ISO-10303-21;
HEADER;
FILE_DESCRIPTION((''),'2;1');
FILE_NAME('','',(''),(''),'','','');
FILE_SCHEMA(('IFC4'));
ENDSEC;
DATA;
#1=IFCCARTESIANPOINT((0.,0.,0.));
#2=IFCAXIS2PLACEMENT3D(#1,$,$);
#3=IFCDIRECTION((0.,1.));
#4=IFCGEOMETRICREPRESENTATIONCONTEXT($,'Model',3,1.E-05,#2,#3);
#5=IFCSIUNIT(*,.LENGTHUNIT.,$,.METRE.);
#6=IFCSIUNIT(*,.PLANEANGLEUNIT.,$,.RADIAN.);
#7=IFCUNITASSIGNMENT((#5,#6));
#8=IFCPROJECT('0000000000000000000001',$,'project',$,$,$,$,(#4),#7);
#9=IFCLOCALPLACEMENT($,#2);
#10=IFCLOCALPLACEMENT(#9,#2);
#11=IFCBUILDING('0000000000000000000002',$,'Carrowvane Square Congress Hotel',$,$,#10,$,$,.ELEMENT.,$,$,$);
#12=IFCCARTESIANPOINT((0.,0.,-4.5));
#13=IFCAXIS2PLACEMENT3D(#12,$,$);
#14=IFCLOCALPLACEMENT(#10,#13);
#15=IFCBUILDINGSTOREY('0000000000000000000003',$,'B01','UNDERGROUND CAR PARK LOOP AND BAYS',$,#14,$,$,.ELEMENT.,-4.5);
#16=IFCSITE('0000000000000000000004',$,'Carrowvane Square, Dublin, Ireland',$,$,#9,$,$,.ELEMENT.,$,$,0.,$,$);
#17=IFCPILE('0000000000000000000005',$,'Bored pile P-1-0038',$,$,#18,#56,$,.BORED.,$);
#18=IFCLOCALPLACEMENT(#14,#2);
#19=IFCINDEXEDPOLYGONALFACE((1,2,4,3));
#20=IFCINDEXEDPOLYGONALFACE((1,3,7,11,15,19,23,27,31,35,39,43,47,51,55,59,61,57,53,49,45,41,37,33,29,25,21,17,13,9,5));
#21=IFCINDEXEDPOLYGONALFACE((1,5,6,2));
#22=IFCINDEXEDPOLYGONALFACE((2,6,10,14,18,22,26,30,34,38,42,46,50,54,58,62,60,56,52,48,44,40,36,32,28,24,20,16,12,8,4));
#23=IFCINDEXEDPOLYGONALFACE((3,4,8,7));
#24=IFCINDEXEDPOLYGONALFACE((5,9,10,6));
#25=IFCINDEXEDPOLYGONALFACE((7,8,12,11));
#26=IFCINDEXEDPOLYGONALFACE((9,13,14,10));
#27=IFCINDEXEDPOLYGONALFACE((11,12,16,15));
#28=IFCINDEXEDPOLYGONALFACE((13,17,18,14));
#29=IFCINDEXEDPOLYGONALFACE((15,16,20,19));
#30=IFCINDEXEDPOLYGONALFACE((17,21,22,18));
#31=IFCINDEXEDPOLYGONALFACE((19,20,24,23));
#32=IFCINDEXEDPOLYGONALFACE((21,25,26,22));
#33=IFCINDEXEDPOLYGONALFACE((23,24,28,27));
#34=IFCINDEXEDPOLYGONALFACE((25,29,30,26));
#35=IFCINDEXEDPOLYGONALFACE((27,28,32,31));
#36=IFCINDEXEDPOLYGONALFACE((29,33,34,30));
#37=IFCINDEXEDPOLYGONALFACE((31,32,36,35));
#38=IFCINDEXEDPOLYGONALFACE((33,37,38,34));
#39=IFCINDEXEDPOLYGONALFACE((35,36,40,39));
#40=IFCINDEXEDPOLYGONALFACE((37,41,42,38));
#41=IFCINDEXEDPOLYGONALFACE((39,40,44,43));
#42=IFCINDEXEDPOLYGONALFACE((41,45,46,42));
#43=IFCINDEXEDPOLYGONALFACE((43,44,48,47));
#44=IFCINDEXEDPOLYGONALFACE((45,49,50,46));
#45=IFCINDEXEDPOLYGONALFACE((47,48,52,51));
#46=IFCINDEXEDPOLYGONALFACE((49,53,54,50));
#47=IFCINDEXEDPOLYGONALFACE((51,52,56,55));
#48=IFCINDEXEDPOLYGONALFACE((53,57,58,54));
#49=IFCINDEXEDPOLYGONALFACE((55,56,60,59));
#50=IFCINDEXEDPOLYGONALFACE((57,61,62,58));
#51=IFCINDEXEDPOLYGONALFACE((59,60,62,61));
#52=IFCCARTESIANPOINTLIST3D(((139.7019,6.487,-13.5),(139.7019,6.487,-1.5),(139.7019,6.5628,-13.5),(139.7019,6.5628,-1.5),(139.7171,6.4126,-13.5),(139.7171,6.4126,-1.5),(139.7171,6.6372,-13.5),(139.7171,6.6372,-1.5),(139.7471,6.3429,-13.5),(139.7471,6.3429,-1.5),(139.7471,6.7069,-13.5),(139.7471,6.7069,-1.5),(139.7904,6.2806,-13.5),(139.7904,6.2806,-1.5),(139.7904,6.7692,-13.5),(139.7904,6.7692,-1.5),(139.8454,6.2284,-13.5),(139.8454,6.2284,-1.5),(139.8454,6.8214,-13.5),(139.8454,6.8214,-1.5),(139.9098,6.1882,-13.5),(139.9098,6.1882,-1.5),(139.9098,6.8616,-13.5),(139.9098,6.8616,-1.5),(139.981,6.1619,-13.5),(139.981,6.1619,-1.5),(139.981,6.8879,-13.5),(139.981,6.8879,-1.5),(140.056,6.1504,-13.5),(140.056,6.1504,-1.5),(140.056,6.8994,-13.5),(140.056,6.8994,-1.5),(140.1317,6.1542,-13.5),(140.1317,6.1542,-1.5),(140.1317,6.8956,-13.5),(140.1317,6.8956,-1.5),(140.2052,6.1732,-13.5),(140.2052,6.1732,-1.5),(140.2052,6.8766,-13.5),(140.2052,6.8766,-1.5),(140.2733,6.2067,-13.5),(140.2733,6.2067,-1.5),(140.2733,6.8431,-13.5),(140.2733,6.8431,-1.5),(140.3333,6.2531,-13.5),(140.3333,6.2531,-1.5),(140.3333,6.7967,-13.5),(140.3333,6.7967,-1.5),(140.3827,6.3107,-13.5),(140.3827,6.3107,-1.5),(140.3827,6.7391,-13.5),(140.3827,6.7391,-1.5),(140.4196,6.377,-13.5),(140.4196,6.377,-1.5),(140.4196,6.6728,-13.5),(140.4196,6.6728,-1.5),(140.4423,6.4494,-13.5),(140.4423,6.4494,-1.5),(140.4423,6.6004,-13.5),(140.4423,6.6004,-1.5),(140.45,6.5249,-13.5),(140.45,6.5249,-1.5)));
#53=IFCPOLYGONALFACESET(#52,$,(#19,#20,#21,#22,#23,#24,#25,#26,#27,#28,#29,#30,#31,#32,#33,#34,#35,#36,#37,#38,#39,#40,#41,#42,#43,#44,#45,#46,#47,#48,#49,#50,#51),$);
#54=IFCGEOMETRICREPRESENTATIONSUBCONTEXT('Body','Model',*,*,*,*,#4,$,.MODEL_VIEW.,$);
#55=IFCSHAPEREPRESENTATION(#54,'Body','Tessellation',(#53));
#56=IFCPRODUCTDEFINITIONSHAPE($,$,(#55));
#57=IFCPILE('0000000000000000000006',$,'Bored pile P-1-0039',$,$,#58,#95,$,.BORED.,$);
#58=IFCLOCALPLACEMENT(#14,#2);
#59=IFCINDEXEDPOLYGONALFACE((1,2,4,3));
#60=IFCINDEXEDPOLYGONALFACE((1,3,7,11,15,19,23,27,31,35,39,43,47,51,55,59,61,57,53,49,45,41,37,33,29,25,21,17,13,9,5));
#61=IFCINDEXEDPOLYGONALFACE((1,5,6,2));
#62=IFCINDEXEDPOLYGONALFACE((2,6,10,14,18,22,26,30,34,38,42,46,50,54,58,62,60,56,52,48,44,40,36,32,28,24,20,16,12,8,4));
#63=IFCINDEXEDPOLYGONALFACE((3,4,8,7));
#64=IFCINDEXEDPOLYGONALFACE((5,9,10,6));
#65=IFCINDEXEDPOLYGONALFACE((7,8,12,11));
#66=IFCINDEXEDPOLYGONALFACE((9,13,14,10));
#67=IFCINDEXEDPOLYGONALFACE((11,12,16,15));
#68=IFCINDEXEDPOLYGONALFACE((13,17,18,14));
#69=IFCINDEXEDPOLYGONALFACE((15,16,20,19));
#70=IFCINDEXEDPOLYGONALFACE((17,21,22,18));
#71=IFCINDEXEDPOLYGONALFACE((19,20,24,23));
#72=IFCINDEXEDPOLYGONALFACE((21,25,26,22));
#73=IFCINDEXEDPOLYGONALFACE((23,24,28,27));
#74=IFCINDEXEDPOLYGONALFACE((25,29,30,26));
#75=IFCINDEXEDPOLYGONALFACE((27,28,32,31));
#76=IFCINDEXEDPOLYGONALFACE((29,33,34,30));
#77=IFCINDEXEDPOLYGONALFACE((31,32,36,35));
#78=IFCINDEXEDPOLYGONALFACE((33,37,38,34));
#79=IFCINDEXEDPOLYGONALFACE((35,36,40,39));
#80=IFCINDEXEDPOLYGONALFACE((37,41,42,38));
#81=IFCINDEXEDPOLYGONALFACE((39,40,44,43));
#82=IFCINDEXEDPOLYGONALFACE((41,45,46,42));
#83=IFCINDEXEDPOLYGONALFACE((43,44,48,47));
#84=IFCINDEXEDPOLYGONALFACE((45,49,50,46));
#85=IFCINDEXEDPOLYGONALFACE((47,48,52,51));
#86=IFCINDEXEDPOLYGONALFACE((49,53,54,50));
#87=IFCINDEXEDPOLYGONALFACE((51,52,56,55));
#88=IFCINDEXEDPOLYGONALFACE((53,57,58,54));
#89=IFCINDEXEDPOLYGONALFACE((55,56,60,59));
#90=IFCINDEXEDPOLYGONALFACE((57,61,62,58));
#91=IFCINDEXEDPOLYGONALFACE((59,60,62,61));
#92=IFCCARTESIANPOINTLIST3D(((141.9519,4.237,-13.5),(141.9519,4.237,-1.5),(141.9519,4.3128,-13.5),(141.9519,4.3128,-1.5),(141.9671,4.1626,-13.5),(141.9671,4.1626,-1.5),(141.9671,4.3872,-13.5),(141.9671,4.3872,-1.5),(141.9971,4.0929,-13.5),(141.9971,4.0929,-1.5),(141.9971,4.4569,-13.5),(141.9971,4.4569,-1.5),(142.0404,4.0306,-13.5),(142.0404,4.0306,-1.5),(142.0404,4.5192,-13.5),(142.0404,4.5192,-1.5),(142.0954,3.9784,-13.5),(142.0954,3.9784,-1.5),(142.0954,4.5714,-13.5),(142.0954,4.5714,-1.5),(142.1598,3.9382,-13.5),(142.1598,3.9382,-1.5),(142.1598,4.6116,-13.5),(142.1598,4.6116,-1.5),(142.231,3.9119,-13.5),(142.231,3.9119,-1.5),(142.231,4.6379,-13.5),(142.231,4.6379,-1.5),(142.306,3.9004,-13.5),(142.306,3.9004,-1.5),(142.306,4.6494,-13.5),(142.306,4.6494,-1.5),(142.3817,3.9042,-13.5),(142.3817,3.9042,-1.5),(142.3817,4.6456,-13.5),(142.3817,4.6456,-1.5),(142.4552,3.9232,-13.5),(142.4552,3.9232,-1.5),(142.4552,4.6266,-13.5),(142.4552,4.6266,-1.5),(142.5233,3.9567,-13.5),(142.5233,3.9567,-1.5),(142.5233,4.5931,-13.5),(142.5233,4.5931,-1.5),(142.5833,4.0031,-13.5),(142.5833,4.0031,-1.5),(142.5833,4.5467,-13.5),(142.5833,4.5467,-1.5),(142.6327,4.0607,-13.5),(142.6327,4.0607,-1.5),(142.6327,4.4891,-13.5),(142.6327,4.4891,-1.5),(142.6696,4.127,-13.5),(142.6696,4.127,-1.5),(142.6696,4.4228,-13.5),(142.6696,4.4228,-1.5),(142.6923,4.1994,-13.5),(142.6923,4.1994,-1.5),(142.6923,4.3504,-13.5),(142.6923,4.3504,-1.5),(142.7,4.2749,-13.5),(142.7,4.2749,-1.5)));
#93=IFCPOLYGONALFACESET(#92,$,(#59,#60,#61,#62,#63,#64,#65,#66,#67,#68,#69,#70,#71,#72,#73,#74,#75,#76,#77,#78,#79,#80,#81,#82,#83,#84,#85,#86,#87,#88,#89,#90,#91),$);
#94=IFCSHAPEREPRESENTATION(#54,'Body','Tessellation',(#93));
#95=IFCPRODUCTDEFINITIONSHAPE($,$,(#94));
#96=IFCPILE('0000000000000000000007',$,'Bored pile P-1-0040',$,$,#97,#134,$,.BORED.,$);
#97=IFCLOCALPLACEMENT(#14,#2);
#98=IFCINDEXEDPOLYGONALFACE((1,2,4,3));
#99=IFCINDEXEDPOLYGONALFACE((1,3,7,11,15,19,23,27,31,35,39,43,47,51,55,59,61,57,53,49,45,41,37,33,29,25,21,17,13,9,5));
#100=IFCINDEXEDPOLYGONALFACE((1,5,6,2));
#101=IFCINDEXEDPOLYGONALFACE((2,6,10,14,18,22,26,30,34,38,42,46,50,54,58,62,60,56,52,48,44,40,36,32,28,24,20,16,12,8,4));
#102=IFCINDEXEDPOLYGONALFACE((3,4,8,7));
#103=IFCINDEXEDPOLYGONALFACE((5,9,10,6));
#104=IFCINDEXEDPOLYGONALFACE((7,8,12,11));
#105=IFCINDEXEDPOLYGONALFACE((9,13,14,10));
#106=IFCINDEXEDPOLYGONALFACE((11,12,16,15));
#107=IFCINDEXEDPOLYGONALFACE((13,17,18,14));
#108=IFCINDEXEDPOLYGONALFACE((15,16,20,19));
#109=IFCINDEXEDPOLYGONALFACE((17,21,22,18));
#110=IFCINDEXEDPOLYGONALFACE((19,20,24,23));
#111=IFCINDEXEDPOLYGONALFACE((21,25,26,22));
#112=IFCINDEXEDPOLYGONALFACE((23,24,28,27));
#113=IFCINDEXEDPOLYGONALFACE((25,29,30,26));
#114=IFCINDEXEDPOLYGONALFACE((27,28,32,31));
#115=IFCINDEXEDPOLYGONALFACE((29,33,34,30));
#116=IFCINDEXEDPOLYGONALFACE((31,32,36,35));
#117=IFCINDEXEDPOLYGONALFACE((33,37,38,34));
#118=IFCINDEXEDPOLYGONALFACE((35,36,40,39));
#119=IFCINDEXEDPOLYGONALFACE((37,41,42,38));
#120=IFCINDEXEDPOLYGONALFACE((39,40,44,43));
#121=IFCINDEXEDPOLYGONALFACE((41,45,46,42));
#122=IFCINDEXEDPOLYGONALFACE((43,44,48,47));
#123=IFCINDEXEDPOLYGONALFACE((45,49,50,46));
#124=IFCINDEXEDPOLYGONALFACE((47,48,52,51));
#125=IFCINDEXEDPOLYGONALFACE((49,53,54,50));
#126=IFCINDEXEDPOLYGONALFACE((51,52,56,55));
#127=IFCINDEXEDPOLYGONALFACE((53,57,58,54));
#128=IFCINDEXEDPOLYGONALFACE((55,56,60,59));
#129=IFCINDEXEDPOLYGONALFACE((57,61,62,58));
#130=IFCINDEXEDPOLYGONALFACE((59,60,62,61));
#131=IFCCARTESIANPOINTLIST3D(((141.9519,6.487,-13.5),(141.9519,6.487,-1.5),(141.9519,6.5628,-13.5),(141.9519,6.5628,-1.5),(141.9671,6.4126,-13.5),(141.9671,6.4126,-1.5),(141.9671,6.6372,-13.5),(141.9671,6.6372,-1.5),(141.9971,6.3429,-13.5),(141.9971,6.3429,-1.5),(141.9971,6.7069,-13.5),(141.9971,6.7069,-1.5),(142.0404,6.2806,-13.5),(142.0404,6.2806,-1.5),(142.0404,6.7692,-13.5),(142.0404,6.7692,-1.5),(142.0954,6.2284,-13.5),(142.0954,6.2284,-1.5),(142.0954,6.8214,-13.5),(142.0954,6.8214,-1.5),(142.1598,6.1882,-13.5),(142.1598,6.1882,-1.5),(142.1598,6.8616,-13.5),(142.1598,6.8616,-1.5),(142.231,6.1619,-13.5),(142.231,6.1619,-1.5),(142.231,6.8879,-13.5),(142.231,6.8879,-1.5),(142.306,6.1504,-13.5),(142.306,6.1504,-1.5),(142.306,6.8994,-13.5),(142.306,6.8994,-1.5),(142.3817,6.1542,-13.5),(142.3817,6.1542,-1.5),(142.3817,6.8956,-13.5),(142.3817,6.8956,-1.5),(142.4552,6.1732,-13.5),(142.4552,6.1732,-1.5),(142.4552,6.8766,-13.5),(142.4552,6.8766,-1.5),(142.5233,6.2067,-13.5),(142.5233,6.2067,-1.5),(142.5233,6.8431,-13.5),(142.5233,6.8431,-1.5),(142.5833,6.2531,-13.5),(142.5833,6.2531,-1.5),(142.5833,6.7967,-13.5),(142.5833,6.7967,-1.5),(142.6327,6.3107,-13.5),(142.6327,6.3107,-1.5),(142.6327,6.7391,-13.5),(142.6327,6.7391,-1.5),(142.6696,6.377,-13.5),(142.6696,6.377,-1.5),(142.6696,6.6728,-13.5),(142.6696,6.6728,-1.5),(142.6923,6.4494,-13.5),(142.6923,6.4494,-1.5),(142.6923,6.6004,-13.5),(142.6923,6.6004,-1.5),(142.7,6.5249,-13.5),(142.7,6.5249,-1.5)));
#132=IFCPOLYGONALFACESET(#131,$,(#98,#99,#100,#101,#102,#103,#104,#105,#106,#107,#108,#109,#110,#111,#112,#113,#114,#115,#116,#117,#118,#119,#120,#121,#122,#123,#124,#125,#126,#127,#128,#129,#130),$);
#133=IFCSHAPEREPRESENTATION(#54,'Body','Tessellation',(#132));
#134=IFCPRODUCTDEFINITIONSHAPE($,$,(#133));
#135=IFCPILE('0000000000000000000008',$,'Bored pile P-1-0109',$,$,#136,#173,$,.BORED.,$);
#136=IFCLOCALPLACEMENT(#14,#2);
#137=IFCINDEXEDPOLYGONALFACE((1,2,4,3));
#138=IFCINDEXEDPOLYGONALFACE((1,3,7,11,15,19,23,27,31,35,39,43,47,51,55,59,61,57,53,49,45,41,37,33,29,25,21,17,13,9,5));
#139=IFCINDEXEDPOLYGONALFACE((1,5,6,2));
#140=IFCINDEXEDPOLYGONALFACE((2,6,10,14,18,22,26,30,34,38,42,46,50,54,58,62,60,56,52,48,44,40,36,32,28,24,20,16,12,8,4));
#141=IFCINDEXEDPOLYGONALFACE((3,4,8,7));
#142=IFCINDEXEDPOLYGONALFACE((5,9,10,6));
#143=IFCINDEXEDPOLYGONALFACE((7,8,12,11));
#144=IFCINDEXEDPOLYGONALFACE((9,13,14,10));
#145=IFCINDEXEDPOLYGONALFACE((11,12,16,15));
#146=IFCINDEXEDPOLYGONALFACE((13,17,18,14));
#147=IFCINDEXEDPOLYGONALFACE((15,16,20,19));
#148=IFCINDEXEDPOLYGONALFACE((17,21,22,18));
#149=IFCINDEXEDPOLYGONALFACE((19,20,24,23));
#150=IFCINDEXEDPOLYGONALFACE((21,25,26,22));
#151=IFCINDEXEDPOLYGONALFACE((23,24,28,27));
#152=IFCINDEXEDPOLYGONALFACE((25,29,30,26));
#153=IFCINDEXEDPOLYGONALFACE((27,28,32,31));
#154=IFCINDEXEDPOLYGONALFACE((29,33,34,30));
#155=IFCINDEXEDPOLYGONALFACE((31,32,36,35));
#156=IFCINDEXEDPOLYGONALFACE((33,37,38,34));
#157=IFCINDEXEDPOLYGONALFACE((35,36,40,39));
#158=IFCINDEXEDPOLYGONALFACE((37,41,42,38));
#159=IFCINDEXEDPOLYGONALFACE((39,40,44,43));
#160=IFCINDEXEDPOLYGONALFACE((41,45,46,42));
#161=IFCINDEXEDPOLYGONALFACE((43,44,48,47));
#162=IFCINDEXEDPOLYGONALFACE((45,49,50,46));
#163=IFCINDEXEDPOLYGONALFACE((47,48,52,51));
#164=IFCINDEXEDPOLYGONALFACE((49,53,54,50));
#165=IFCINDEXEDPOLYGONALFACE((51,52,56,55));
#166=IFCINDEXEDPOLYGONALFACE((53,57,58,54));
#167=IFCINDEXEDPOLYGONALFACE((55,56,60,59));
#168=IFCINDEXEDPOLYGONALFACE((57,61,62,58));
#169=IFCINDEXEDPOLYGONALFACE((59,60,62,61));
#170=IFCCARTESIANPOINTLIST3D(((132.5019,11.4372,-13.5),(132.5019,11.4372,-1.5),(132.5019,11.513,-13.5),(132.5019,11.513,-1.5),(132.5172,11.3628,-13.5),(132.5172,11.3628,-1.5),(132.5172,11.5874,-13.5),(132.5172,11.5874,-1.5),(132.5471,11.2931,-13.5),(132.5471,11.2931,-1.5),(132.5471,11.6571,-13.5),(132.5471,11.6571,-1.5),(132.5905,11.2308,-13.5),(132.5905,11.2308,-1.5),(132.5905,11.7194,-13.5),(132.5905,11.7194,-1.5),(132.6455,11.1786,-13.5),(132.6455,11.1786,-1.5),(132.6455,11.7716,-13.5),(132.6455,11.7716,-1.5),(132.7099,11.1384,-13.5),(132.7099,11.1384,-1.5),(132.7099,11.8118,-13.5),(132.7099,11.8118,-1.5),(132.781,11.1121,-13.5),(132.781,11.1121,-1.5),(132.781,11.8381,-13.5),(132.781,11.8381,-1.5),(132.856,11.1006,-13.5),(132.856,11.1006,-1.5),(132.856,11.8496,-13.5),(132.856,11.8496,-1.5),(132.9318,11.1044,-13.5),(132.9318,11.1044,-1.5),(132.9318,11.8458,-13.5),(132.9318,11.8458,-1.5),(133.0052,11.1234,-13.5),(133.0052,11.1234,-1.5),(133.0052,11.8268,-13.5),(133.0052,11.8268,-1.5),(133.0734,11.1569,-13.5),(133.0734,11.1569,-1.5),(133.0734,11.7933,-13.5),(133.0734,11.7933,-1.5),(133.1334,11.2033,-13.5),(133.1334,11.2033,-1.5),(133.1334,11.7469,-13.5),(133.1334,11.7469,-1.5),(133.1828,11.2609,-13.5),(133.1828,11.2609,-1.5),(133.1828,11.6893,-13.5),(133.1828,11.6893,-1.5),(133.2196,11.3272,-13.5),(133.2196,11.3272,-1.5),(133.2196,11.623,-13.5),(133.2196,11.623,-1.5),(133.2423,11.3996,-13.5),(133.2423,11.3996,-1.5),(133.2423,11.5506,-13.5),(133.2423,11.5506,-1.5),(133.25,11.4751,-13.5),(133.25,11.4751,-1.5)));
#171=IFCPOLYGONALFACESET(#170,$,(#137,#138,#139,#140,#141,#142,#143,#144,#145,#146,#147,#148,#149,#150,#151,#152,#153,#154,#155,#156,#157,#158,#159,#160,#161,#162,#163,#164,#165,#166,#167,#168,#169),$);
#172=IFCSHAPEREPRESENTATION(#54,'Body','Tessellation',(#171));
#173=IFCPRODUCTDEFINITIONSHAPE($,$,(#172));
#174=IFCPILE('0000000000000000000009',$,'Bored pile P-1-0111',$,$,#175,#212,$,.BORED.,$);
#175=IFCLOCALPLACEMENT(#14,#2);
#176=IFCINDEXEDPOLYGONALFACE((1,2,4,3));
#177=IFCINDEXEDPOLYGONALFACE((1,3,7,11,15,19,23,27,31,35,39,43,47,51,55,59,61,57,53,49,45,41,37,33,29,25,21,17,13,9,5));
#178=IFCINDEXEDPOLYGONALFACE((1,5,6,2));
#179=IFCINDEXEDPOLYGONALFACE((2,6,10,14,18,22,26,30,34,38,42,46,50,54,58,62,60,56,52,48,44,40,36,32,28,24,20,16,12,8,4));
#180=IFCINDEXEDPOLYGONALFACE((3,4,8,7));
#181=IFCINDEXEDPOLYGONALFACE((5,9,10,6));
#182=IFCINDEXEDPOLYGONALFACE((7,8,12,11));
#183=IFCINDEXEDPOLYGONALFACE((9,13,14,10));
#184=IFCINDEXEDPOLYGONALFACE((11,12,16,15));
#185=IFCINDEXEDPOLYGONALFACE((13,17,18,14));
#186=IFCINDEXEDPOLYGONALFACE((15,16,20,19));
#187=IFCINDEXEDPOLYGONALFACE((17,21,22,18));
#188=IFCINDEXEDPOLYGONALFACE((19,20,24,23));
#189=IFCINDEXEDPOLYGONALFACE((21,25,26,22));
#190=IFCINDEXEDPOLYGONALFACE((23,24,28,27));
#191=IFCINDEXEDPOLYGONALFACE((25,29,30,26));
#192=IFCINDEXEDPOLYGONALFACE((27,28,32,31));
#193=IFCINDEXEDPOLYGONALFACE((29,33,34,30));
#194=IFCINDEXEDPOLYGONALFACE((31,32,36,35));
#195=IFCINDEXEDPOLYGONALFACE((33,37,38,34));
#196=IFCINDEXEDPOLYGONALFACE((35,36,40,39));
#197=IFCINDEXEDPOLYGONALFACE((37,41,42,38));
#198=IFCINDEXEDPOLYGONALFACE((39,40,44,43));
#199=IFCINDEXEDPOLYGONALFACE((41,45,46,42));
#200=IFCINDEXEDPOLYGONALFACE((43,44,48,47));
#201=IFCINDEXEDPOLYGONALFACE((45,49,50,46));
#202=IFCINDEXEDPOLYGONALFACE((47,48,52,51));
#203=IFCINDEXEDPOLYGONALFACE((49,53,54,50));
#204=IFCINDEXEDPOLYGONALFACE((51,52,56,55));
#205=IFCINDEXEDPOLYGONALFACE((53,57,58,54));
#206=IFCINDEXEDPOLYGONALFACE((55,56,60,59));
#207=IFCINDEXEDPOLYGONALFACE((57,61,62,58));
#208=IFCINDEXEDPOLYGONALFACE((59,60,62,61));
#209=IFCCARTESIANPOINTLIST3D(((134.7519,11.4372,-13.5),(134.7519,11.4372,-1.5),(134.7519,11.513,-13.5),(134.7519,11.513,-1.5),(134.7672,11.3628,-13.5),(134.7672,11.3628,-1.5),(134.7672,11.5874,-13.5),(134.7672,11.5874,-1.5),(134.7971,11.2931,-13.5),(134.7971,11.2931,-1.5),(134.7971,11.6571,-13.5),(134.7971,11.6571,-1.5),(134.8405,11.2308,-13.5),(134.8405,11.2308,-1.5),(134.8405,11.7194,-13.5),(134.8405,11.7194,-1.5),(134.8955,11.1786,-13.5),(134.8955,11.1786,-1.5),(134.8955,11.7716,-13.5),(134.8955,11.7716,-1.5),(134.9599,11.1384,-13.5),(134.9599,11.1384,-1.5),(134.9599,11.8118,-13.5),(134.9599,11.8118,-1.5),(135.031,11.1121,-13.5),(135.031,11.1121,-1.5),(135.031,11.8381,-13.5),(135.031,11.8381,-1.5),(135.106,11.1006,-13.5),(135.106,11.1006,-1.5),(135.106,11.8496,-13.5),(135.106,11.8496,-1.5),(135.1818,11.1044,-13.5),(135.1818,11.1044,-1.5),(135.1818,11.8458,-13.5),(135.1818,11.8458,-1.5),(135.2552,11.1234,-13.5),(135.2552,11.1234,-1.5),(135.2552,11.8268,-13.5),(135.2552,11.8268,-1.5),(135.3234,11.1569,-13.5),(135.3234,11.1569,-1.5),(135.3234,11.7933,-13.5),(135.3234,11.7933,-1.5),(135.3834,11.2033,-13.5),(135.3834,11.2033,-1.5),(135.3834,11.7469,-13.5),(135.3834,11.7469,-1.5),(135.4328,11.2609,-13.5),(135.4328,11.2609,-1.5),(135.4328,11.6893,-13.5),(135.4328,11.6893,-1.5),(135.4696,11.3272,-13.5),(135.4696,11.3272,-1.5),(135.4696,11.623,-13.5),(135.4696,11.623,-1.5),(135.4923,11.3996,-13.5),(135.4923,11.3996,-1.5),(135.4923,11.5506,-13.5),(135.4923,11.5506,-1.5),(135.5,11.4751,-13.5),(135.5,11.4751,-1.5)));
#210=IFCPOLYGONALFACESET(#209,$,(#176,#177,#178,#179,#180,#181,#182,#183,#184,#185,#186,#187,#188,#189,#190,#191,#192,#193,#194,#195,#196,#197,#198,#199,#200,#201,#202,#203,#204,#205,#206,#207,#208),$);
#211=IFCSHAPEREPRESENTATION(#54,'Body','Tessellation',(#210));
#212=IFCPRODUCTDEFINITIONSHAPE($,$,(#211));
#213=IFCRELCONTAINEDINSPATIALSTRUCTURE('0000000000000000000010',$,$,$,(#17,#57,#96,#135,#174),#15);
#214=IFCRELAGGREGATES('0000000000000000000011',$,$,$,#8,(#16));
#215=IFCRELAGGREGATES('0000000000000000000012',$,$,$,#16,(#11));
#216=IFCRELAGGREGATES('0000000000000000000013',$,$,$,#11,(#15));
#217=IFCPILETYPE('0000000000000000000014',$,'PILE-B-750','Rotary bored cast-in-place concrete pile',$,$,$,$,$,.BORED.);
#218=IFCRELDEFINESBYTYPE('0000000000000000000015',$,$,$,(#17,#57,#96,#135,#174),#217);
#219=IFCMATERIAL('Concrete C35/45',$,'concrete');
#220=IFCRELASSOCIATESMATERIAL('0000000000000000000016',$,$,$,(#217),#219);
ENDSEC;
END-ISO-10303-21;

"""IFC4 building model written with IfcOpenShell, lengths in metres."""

from ifc_helpers import new_model, si_unit, direction, frame, origin, origin_2d, place, context, subcontext, project, spatial, circle, extrude, material, material_profile, profile_set, type_object, element, save


model = new_model("IFC4")

# Units and contexts
model_context = context("Model", 3, precision=1e-05, world=origin(), true_north=direction((0.0, 1.0)))
body_context = subcontext(model_context, "Body", "Model", "MODEL_VIEW")
ifc_project = project(units=[si_unit("LENGTHUNIT", "METRE"), si_unit("PLANEANGLEUNIT", "RADIAN")], contexts=[model_context])

# Site, building, storey
site_placement = place(None, origin())
site = spatial("IfcSite", under=ifc_project, at=site_placement, Name="Carrowvane Square, Dublin, Ireland", CompositionType="ELEMENT", RefElevation=0.0)
building_placement = place(site_placement, origin())
building = spatial("IfcBuilding", under=site, at=building_placement, Name="Carrowvane Square Congress Hotel", CompositionType="ELEMENT")
storey_placement = place(building_placement, frame((0.0, 0.0, -4.5)))
storey = spatial("IfcBuildingStorey", under=building, at=storey_placement, Name="B01", Description="UNDERGROUND CAR PARK LOOP AND BAYS", CompositionType="ELEMENT", Elevation=-4.5)

# Piles
ifc_material_1 = material(Name="Concrete C35/45", Category="concrete")
ifc_material_profile_1 = material_profile(ifc_material_1, circle(Radius=0.375, at=origin_2d()), Name="PILE D750")
ifc_profile_set_1 = profile_set([ifc_material_profile_1], Name="Concrete C35/45")
pile_type_1 = type_object("IfcPileType", Name="PILE-B-750", Description="Rotary bored cast-in-place concrete pile", PredefinedType="BORED", material=ifc_profile_set_1)
for number, where, z_axis, x_axis, name in (
    (1, (140.075, 6.5249, -1.5), (0.0, 0.0, -1.0), (1.0, 0.0, 0.0), "Bored pile P-1-0038"),
    (2, (142.325, 4.2749, -1.5), (0.0, 0.0, -1.0), (1.0, 0.0, 0.0), "Bored pile P-1-0039"),
    (3, (142.325, 6.5249, -1.5), (0.0, 0.0, -1.0), (1.0, 0.0, 0.0), "Bored pile P-1-0040"),
    (4, (132.875, 11.4751, -1.5), (0.0, 0.0, -1.0), (1.0, 0.0, 0.0), "Bored pile P-1-0109"),
    (5, (135.125, 11.4751, -1.5), (0.0, 0.0, -1.0), (1.0, 0.0, 0.0), "Bored pile P-1-0111"),
):
    element("IfcPile", number, at=place(storey_placement, frame(where, z_axis=z_axis, x_axis=x_axis)), inside=storey, type_object=pile_type_1, Name=name, PredefinedType="BORED", context=body_context, shape_type="SweptSolid", body=[
        extrude(circle(Radius=0.375, at=origin_2d()), origin(), (0.0, 0.0, 1.0), 12.0),
    ])

save(model, "model.ifc")
